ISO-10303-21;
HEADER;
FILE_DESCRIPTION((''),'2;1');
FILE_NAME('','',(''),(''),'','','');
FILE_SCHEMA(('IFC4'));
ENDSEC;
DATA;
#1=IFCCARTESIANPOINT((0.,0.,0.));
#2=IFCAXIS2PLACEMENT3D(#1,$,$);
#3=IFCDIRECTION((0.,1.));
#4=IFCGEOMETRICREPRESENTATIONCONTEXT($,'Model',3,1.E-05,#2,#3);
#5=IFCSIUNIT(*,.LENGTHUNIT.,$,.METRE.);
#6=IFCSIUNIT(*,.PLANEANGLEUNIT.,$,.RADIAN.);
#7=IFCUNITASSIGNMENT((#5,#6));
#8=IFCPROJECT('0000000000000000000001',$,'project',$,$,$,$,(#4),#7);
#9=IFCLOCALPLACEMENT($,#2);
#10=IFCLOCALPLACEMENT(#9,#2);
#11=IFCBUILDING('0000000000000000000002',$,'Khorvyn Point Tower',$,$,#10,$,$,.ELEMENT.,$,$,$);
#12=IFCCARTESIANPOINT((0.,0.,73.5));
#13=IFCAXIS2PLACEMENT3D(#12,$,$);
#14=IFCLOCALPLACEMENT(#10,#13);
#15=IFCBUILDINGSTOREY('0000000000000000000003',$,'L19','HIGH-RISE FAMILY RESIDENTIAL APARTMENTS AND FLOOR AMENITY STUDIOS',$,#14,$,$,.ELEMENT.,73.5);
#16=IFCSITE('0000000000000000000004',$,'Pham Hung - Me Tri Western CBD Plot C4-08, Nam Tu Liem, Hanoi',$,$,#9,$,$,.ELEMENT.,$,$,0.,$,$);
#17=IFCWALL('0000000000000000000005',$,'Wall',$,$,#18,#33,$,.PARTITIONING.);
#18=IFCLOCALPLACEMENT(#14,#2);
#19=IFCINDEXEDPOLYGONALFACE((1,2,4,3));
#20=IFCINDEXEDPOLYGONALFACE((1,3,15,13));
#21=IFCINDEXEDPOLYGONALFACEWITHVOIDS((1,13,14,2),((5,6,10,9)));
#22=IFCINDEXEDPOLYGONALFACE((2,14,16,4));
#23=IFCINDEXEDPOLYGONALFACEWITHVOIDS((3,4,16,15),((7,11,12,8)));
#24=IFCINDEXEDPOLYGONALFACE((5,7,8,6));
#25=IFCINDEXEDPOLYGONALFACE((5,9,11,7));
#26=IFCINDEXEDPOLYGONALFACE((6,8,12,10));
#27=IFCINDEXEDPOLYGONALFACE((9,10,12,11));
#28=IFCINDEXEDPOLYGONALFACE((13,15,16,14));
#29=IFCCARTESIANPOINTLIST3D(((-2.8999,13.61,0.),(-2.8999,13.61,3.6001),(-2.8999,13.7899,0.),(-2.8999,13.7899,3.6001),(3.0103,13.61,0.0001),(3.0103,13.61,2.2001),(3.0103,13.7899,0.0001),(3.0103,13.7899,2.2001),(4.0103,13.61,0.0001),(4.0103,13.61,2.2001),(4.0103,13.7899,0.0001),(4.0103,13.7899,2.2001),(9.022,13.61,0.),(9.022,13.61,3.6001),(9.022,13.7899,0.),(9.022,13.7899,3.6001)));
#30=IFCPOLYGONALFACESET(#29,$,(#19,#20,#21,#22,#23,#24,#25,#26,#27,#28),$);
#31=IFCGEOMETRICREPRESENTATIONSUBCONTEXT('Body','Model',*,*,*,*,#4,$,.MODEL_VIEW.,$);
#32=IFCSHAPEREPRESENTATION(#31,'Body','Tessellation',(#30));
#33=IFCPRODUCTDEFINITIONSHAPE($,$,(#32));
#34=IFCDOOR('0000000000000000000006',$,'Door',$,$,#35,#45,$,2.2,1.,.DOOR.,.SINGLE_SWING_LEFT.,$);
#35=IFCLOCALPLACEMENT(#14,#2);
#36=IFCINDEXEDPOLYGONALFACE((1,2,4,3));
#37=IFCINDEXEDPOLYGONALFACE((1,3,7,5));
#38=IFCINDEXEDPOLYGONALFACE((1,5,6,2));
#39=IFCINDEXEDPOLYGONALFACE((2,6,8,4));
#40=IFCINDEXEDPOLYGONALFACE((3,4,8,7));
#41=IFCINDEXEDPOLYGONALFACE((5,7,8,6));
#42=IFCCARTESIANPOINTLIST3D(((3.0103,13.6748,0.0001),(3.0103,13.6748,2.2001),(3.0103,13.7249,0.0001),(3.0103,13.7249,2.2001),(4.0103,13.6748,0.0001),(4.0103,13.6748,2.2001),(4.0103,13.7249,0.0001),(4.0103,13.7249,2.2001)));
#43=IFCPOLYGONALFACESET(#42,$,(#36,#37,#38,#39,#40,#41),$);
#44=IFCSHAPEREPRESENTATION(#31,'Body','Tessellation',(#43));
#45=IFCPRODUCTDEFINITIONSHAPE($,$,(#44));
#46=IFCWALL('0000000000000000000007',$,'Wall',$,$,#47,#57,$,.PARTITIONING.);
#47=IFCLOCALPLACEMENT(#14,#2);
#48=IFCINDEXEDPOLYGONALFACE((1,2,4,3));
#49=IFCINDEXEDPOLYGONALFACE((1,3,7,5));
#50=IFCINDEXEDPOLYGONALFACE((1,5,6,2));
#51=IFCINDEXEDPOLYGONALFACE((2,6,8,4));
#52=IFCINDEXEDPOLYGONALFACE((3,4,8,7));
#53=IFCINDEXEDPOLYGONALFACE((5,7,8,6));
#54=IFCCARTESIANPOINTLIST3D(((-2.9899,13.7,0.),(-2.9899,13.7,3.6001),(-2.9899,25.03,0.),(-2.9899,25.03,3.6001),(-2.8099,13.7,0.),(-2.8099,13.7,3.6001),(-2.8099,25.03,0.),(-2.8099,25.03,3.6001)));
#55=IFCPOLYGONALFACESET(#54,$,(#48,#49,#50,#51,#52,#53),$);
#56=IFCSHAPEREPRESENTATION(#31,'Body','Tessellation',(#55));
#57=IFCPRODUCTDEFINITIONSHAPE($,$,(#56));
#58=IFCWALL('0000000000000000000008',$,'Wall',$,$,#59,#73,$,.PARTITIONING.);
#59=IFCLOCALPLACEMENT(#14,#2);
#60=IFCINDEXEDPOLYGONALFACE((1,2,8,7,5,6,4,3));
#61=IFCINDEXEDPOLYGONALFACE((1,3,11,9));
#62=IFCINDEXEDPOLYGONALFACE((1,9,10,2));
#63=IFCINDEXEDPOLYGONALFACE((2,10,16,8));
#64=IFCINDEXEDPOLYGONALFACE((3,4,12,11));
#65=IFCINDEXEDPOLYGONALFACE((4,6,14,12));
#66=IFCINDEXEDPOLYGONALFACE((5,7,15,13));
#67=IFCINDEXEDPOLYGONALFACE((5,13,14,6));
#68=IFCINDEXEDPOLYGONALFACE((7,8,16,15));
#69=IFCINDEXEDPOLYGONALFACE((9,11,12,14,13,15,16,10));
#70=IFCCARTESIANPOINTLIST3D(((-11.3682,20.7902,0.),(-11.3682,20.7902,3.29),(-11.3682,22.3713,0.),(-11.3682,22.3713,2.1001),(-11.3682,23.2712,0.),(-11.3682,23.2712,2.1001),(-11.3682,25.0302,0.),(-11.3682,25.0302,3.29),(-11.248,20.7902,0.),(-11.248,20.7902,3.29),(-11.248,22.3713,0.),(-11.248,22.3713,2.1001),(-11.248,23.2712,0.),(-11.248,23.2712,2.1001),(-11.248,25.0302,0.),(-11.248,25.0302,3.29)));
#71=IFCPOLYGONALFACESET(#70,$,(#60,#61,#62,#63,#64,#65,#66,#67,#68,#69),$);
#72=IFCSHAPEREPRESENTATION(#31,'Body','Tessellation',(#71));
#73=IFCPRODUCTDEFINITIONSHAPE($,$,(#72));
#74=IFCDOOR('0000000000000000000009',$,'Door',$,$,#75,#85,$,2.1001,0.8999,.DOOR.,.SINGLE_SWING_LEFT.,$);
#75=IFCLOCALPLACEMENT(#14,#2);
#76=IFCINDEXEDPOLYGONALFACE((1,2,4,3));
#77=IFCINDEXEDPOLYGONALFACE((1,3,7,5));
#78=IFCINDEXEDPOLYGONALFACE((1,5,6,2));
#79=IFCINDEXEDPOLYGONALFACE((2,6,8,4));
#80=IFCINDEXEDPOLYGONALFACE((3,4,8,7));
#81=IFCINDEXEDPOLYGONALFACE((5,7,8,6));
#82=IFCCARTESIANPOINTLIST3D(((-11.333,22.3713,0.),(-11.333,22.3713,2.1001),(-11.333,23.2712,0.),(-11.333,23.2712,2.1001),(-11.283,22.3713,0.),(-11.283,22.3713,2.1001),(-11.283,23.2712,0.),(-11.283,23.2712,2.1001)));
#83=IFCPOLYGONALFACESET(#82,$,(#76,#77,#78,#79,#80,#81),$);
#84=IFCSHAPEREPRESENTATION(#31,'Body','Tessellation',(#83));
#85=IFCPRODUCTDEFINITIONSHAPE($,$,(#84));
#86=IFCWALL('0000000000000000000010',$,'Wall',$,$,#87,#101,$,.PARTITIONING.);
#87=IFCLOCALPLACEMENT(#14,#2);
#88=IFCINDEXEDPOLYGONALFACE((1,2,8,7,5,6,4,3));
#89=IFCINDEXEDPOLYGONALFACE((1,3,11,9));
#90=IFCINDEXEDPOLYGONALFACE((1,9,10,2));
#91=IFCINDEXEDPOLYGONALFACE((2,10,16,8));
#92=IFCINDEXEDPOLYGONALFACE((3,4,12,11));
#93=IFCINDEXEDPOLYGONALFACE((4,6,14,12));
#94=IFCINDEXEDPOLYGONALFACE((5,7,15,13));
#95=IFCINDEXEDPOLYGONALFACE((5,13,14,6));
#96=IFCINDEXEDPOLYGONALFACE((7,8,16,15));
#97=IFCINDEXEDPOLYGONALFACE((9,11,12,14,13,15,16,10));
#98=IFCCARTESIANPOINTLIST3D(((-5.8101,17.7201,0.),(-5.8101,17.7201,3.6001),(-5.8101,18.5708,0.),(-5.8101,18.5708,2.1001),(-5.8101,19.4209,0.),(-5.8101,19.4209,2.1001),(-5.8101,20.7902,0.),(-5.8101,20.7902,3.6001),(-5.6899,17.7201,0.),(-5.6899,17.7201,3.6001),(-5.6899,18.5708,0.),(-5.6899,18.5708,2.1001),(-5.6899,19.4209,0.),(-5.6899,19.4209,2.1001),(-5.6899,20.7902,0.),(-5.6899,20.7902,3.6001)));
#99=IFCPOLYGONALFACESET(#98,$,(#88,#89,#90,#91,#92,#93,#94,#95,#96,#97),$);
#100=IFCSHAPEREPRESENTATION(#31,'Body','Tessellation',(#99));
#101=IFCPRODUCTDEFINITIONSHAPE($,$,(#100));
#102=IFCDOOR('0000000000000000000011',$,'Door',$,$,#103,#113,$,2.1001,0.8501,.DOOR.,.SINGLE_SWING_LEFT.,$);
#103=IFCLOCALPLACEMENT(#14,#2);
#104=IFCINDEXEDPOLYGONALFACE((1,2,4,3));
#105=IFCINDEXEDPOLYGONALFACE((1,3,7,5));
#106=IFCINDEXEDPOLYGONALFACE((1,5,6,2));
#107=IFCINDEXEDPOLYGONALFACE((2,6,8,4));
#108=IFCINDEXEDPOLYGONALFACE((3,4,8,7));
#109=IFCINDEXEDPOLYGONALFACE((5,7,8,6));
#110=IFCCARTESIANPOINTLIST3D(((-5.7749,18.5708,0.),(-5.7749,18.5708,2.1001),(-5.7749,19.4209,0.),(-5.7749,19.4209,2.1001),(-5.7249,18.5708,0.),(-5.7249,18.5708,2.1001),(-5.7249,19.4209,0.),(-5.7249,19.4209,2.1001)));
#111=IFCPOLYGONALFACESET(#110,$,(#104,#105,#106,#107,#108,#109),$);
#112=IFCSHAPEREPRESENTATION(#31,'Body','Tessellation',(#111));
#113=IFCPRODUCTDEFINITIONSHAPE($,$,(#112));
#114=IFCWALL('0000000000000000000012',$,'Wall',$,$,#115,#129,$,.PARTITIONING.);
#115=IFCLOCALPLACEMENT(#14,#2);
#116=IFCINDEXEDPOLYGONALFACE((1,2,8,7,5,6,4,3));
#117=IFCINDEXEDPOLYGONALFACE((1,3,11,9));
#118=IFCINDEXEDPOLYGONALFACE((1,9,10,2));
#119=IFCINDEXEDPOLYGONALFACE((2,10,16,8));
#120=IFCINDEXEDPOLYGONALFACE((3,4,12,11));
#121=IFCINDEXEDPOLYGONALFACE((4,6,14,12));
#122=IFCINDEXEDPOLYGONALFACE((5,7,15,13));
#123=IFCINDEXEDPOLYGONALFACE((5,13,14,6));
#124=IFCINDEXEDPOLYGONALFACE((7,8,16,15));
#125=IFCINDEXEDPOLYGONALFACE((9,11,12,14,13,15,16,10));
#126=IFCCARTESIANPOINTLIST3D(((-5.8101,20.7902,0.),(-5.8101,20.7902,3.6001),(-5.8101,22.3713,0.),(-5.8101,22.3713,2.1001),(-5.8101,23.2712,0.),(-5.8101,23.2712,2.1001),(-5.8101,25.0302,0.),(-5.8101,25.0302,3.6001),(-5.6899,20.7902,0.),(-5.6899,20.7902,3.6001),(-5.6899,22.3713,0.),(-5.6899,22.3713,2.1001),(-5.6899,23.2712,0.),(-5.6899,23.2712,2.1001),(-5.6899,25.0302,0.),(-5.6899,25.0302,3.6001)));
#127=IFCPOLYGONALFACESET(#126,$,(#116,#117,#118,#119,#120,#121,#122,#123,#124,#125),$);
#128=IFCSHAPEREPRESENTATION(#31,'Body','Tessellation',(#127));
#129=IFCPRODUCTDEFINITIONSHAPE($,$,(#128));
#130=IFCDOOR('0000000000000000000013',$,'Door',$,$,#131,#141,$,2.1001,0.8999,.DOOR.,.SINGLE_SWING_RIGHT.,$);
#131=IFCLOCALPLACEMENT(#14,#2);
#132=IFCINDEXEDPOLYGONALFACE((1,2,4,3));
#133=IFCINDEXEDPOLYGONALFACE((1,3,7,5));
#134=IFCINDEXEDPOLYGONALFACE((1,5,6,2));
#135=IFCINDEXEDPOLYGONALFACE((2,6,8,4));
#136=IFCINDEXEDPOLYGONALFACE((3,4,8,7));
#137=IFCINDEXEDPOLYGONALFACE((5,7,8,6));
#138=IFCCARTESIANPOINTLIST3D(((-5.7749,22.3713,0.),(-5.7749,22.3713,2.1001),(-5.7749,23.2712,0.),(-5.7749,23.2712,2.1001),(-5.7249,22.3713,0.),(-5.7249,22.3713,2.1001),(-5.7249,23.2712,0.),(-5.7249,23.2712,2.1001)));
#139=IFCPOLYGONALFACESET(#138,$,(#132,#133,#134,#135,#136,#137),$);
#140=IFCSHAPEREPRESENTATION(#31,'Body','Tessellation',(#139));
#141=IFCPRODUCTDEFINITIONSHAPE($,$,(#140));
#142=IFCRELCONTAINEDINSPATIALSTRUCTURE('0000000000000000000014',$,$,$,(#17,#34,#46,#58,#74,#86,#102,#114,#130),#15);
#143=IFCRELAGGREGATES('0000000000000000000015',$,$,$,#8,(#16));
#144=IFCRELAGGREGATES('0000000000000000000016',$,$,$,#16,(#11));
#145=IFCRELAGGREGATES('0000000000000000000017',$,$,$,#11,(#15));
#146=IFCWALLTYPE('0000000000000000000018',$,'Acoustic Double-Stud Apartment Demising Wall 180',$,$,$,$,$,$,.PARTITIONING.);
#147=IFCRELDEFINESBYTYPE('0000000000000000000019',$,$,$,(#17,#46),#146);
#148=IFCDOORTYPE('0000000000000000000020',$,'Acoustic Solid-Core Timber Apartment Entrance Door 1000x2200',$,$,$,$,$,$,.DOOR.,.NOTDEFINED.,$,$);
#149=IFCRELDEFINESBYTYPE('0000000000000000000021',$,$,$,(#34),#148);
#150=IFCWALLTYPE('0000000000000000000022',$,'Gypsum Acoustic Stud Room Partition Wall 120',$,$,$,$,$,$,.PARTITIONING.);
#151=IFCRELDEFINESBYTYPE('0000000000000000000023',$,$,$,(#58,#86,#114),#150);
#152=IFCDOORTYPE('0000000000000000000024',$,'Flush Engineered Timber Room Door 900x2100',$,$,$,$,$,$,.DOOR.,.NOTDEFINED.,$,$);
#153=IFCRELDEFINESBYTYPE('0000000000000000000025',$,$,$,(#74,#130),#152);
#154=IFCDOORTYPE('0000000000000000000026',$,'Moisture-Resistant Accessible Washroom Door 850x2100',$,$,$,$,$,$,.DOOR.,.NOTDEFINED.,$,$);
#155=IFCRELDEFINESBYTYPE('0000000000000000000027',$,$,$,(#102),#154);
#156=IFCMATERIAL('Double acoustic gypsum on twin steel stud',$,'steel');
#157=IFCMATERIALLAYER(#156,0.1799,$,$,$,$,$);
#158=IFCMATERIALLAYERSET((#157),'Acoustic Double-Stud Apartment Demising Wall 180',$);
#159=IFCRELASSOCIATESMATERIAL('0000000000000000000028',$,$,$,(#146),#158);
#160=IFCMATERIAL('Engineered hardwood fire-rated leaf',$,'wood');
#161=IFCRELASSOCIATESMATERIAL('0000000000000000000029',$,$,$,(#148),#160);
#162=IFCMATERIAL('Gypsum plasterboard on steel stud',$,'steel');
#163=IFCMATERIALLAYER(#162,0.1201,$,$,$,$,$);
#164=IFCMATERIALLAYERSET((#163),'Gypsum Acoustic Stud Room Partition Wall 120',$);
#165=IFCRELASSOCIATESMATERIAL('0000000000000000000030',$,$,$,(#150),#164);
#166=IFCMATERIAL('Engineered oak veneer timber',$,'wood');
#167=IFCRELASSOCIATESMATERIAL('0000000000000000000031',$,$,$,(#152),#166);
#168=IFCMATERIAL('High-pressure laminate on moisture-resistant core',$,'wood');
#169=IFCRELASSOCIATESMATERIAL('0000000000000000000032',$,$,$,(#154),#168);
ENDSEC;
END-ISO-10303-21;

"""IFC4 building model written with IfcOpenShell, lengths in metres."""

from ifc_helpers import new_model, si_unit, direction, frame, frame_2d, origin, place, context, subcontext, project, spatial, rectangle, extrude, material, layer, layer_set, type_object, element, fill, save


model = new_model("IFC4")

# Units and contexts
model_context = context("Model", 3, precision=1e-05, world=origin(), true_north=direction((0.0, 1.0)))
body_context = subcontext(model_context, "Body", "Model", "MODEL_VIEW")
ifc_project = project(units=[si_unit("LENGTHUNIT", "METRE"), si_unit("PLANEANGLEUNIT", "RADIAN")], contexts=[model_context])

# Site, building, storey
site_placement = place(None, origin())
site = spatial("IfcSite", under=ifc_project, at=site_placement, Name="Pham Hung - Me Tri Western CBD Plot C4-08, Nam Tu Liem, Hanoi", CompositionType="ELEMENT", RefElevation=0.0)
building_placement = place(site_placement, origin())
building = spatial("IfcBuilding", under=site, at=building_placement, Name="Khorvyn Point Tower", CompositionType="ELEMENT")
storey_placement = place(building_placement, frame((0.0, 0.0, 73.5)))
storey = spatial("IfcBuildingStorey", under=building, at=storey_placement, Name="L19", Description="HIGH-RISE FAMILY RESIDENTIAL APARTMENTS AND FLOOR AMENITY STUDIOS", CompositionType="ELEMENT", Elevation=73.5)

# Wall, opening, door
ifc_material_1 = material(Name="Double acoustic gypsum on twin steel stud", Category="steel")
ifc_layer_1 = layer(ifc_material_1, 0.1799)
ifc_layer_set_1 = layer_set([ifc_layer_1], Name="Acoustic Double-Stud Apartment Demising Wall 180")
wall_type_1 = type_object("IfcWallType", Name="Acoustic Double-Stud Apartment Demising Wall 180", PredefinedType="PARTITIONING", material=ifc_layer_set_1)
wall_1_placement = place(storey_placement, frame((-2.8999, 13.7, 0.0), z_axis=(0.0, 0.0, 1.0), x_axis=(1.0, 0.0, 0.0)))
wall_1 = element("IfcWall", 1, at=wall_1_placement, inside=storey, type_object=wall_type_1, Name="Wall", PredefinedType="PARTITIONING", context=body_context, shape_type="SweptSolid", body=[
    extrude(rectangle(XDim=11.9219, YDim=0.1799, at=frame_2d((5.9609, 0.0))), origin(), (0.0, 0.0, 1.0), 3.6001),
])
opening_1_placement = place(wall_1_placement, frame((5.9102, 0.0, 0.0)))
opening_1 = element("IfcOpeningElement", 2, at=opening_1_placement, cuts=wall_1, PredefinedType="OPENING", context=body_context, shape_type="SweptSolid", body=[
    extrude(rectangle(XDim=1.0, YDim=2.2, at=frame_2d((0.5, 1.1001))), frame((0.0, 0.0999, 0.0), z_axis=(0.0, -1.0, 0.0), x_axis=(1.0, 0.0, 0.0)), (0.0, 0.0, 1.0), 0.2),
])
ifc_material_2 = material(Name="Engineered hardwood fire-rated leaf", Category="wood")
door_type_1 = type_object("IfcDoorType", Name="Acoustic Solid-Core Timber Apartment Entrance Door 1000x2200", OperationType="NOTDEFINED", PredefinedType="DOOR", material=ifc_material_2)
door_1_placement = place(opening_1_placement, origin())
door_1 = element("IfcDoor", 3, at=door_1_placement, inside=storey, type_object=door_type_1, Name="Door", OperationType="SINGLE_SWING_LEFT", OverallHeight=2.2, OverallWidth=1.0, PredefinedType="DOOR", context=body_context, shape_type="SweptSolid", body=[
    extrude(rectangle(XDim=1.0, YDim=2.2, at=frame_2d((0.5, 1.1001))), frame((0.0, 0.0249, 0.0), z_axis=(0.0, -1.0, 0.0), x_axis=(1.0, 0.0, 0.0)), (0.0, 0.0, 1.0), 0.05),
])
fill(opening_1, door_1)

# Wall
wall_2_placement = place(storey_placement, frame((-2.8999, 13.7, 0.0), z_axis=(0.0, 0.0, 1.0), x_axis=(0.0, 1.0, 0.0)))
element("IfcWall", 4, at=wall_2_placement, inside=storey, type_object=wall_type_1, Name="Wall", PredefinedType="PARTITIONING", context=body_context, shape_type="SweptSolid", body=[
    extrude(rectangle(XDim=11.3301, YDim=0.1799, at=frame_2d((5.665, 0.0))), origin(), (0.0, 0.0, 1.0), 3.6001),
])

# Walls, openings, doors
ifc_material_3 = material(Name="Gypsum plasterboard on steel stud", Category="steel")
ifc_layer_2 = layer(ifc_material_3, 0.1201)
ifc_layer_set_2 = layer_set([ifc_layer_2], Name="Gypsum Acoustic Stud Room Partition Wall 120")
wall_type_2 = type_object("IfcWallType", Name="Gypsum Acoustic Stud Room Partition Wall 120", PredefinedType="PARTITIONING", material=ifc_layer_set_2)
wall_3_placement = place(storey_placement, frame((-11.3081, 20.79, 0.0), z_axis=(0.0, 0.0, 1.0), x_axis=(0.0, 1.0, 0.0)))
wall_3 = element("IfcWall", 5, at=wall_3_placement, inside=storey, type_object=wall_type_2, Name="Wall", PredefinedType="PARTITIONING", context=body_context, shape_type="SweptSolid", body=[
    extrude(rectangle(XDim=4.24, YDim=0.1201, at=frame_2d((2.1201, 0.0))), origin(), (0.0, 0.0, 1.0), 3.29),
])
opening_2_placement = place(wall_3_placement, frame((1.5813, 0.0, 0.0)))
opening_2 = element("IfcOpeningElement", 6, at=opening_2_placement, cuts=wall_3, PredefinedType="OPENING", context=body_context, shape_type="SweptSolid", body=[
    extrude(rectangle(XDim=0.8999, YDim=2.1001, at=frame_2d((0.45, 1.05))), frame((0.0, 0.0701, 0.0), z_axis=(0.0, -1.0, 0.0), x_axis=(1.0, 0.0, 0.0)), (0.0, 0.0, 1.0), 0.1401),
])
ifc_material_4 = material(Name="Engineered oak veneer timber", Category="wood")
door_type_2 = type_object("IfcDoorType", Name="Flush Engineered Timber Room Door 900x2100", OperationType="NOTDEFINED", PredefinedType="DOOR", material=ifc_material_4)
door_2_placement = place(opening_2_placement, origin())
door_2 = element("IfcDoor", 7, at=door_2_placement, inside=storey, type_object=door_type_2, Name="Door", OperationType="SINGLE_SWING_LEFT", OverallHeight=2.1001, OverallWidth=0.8999, PredefinedType="DOOR", context=body_context, shape_type="SweptSolid", body=[
    extrude(rectangle(XDim=0.8999, YDim=2.1001, at=frame_2d((0.45, 1.05))), frame((0.0, 0.0249, 0.0), z_axis=(0.0, -1.0, 0.0), x_axis=(1.0, 0.0, 0.0)), (0.0, 0.0, 1.0), 0.05),
])
fill(opening_2, door_2)
wall_4_placement = place(storey_placement, frame((-5.75, 17.72, 0.0), z_axis=(0.0, 0.0, 1.0), x_axis=(0.0, 1.0, 0.0)))
wall_4 = element("IfcWall", 8, at=wall_4_placement, inside=storey, type_object=wall_type_2, Name="Wall", PredefinedType="PARTITIONING", context=body_context, shape_type="SweptSolid", body=[
    extrude(rectangle(XDim=3.0701, YDim=0.1201, at=frame_2d((1.5352, 0.0))), origin(), (0.0, 0.0, 1.0), 3.6001),
])
opening_3_placement = place(wall_4_placement, frame((0.8508, 0.0, 0.0)))
opening_3 = element("IfcOpeningElement", 9, at=opening_3_placement, cuts=wall_4, PredefinedType="OPENING", context=body_context, shape_type="SweptSolid", body=[
    extrude(rectangle(XDim=0.8501, YDim=2.1001, at=frame_2d((0.425, 1.05))), frame((0.0, 0.0701, 0.0), z_axis=(0.0, -1.0, 0.0), x_axis=(1.0, 0.0, 0.0)), (0.0, 0.0, 1.0), 0.1401),
])
ifc_material_5 = material(Name="High-pressure laminate on moisture-resistant core", Category="wood")
door_type_3 = type_object("IfcDoorType", Name="Moisture-Resistant Accessible Washroom Door 850x2100", OperationType="NOTDEFINED", PredefinedType="DOOR", material=ifc_material_5)
door_3_placement = place(opening_3_placement, origin())
door_3 = element("IfcDoor", 10, at=door_3_placement, inside=storey, type_object=door_type_3, Name="Door", OperationType="SINGLE_SWING_LEFT", OverallHeight=2.1001, OverallWidth=0.8501, PredefinedType="DOOR", context=body_context, shape_type="SweptSolid", body=[
    extrude(rectangle(XDim=0.8501, YDim=2.1001, at=frame_2d((0.425, 1.05))), frame((0.0, 0.0249, 0.0), z_axis=(0.0, -1.0, 0.0), x_axis=(1.0, 0.0, 0.0)), (0.0, 0.0, 1.0), 0.05),
])
fill(opening_3, door_3)
wall_5_placement = place(storey_placement, frame((-5.75, 20.79, 0.0), z_axis=(0.0, 0.0, 1.0), x_axis=(0.0, 1.0, 0.0)))
wall_5 = element("IfcWall", 11, at=wall_5_placement, inside=storey, type_object=wall_type_2, Name="Wall", PredefinedType="PARTITIONING", context=body_context, shape_type="SweptSolid", body=[
    extrude(rectangle(XDim=4.24, YDim=0.1201, at=frame_2d((2.1201, 0.0))), origin(), (0.0, 0.0, 1.0), 3.6001),
])
opening_4_placement = place(wall_5_placement, frame((1.5813, 0.0, 0.0)))
opening_4 = element("IfcOpeningElement", 12, at=opening_4_placement, cuts=wall_5, PredefinedType="OPENING", context=body_context, shape_type="SweptSolid", body=[
    extrude(rectangle(XDim=0.8999, YDim=2.1001, at=frame_2d((0.45, 1.05))), frame((0.0, 0.0701, 0.0), z_axis=(0.0, -1.0, 0.0), x_axis=(1.0, 0.0, 0.0)), (0.0, 0.0, 1.0), 0.1401),
])
door_4_placement = place(opening_4_placement, origin())
door_4 = element("IfcDoor", 13, at=door_4_placement, inside=storey, type_object=door_type_2, Name="Door", OperationType="SINGLE_SWING_RIGHT", OverallHeight=2.1001, OverallWidth=0.8999, PredefinedType="DOOR", context=body_context, shape_type="SweptSolid", body=[
    extrude(rectangle(XDim=0.8999, YDim=2.1001, at=frame_2d((0.45, 1.05))), frame((0.0, 0.0249, 0.0), z_axis=(0.0, -1.0, 0.0), x_axis=(1.0, 0.0, 0.0)), (0.0, 0.0, 1.0), 0.05),
])
fill(opening_4, door_4)

save(model, "model.ifc")
